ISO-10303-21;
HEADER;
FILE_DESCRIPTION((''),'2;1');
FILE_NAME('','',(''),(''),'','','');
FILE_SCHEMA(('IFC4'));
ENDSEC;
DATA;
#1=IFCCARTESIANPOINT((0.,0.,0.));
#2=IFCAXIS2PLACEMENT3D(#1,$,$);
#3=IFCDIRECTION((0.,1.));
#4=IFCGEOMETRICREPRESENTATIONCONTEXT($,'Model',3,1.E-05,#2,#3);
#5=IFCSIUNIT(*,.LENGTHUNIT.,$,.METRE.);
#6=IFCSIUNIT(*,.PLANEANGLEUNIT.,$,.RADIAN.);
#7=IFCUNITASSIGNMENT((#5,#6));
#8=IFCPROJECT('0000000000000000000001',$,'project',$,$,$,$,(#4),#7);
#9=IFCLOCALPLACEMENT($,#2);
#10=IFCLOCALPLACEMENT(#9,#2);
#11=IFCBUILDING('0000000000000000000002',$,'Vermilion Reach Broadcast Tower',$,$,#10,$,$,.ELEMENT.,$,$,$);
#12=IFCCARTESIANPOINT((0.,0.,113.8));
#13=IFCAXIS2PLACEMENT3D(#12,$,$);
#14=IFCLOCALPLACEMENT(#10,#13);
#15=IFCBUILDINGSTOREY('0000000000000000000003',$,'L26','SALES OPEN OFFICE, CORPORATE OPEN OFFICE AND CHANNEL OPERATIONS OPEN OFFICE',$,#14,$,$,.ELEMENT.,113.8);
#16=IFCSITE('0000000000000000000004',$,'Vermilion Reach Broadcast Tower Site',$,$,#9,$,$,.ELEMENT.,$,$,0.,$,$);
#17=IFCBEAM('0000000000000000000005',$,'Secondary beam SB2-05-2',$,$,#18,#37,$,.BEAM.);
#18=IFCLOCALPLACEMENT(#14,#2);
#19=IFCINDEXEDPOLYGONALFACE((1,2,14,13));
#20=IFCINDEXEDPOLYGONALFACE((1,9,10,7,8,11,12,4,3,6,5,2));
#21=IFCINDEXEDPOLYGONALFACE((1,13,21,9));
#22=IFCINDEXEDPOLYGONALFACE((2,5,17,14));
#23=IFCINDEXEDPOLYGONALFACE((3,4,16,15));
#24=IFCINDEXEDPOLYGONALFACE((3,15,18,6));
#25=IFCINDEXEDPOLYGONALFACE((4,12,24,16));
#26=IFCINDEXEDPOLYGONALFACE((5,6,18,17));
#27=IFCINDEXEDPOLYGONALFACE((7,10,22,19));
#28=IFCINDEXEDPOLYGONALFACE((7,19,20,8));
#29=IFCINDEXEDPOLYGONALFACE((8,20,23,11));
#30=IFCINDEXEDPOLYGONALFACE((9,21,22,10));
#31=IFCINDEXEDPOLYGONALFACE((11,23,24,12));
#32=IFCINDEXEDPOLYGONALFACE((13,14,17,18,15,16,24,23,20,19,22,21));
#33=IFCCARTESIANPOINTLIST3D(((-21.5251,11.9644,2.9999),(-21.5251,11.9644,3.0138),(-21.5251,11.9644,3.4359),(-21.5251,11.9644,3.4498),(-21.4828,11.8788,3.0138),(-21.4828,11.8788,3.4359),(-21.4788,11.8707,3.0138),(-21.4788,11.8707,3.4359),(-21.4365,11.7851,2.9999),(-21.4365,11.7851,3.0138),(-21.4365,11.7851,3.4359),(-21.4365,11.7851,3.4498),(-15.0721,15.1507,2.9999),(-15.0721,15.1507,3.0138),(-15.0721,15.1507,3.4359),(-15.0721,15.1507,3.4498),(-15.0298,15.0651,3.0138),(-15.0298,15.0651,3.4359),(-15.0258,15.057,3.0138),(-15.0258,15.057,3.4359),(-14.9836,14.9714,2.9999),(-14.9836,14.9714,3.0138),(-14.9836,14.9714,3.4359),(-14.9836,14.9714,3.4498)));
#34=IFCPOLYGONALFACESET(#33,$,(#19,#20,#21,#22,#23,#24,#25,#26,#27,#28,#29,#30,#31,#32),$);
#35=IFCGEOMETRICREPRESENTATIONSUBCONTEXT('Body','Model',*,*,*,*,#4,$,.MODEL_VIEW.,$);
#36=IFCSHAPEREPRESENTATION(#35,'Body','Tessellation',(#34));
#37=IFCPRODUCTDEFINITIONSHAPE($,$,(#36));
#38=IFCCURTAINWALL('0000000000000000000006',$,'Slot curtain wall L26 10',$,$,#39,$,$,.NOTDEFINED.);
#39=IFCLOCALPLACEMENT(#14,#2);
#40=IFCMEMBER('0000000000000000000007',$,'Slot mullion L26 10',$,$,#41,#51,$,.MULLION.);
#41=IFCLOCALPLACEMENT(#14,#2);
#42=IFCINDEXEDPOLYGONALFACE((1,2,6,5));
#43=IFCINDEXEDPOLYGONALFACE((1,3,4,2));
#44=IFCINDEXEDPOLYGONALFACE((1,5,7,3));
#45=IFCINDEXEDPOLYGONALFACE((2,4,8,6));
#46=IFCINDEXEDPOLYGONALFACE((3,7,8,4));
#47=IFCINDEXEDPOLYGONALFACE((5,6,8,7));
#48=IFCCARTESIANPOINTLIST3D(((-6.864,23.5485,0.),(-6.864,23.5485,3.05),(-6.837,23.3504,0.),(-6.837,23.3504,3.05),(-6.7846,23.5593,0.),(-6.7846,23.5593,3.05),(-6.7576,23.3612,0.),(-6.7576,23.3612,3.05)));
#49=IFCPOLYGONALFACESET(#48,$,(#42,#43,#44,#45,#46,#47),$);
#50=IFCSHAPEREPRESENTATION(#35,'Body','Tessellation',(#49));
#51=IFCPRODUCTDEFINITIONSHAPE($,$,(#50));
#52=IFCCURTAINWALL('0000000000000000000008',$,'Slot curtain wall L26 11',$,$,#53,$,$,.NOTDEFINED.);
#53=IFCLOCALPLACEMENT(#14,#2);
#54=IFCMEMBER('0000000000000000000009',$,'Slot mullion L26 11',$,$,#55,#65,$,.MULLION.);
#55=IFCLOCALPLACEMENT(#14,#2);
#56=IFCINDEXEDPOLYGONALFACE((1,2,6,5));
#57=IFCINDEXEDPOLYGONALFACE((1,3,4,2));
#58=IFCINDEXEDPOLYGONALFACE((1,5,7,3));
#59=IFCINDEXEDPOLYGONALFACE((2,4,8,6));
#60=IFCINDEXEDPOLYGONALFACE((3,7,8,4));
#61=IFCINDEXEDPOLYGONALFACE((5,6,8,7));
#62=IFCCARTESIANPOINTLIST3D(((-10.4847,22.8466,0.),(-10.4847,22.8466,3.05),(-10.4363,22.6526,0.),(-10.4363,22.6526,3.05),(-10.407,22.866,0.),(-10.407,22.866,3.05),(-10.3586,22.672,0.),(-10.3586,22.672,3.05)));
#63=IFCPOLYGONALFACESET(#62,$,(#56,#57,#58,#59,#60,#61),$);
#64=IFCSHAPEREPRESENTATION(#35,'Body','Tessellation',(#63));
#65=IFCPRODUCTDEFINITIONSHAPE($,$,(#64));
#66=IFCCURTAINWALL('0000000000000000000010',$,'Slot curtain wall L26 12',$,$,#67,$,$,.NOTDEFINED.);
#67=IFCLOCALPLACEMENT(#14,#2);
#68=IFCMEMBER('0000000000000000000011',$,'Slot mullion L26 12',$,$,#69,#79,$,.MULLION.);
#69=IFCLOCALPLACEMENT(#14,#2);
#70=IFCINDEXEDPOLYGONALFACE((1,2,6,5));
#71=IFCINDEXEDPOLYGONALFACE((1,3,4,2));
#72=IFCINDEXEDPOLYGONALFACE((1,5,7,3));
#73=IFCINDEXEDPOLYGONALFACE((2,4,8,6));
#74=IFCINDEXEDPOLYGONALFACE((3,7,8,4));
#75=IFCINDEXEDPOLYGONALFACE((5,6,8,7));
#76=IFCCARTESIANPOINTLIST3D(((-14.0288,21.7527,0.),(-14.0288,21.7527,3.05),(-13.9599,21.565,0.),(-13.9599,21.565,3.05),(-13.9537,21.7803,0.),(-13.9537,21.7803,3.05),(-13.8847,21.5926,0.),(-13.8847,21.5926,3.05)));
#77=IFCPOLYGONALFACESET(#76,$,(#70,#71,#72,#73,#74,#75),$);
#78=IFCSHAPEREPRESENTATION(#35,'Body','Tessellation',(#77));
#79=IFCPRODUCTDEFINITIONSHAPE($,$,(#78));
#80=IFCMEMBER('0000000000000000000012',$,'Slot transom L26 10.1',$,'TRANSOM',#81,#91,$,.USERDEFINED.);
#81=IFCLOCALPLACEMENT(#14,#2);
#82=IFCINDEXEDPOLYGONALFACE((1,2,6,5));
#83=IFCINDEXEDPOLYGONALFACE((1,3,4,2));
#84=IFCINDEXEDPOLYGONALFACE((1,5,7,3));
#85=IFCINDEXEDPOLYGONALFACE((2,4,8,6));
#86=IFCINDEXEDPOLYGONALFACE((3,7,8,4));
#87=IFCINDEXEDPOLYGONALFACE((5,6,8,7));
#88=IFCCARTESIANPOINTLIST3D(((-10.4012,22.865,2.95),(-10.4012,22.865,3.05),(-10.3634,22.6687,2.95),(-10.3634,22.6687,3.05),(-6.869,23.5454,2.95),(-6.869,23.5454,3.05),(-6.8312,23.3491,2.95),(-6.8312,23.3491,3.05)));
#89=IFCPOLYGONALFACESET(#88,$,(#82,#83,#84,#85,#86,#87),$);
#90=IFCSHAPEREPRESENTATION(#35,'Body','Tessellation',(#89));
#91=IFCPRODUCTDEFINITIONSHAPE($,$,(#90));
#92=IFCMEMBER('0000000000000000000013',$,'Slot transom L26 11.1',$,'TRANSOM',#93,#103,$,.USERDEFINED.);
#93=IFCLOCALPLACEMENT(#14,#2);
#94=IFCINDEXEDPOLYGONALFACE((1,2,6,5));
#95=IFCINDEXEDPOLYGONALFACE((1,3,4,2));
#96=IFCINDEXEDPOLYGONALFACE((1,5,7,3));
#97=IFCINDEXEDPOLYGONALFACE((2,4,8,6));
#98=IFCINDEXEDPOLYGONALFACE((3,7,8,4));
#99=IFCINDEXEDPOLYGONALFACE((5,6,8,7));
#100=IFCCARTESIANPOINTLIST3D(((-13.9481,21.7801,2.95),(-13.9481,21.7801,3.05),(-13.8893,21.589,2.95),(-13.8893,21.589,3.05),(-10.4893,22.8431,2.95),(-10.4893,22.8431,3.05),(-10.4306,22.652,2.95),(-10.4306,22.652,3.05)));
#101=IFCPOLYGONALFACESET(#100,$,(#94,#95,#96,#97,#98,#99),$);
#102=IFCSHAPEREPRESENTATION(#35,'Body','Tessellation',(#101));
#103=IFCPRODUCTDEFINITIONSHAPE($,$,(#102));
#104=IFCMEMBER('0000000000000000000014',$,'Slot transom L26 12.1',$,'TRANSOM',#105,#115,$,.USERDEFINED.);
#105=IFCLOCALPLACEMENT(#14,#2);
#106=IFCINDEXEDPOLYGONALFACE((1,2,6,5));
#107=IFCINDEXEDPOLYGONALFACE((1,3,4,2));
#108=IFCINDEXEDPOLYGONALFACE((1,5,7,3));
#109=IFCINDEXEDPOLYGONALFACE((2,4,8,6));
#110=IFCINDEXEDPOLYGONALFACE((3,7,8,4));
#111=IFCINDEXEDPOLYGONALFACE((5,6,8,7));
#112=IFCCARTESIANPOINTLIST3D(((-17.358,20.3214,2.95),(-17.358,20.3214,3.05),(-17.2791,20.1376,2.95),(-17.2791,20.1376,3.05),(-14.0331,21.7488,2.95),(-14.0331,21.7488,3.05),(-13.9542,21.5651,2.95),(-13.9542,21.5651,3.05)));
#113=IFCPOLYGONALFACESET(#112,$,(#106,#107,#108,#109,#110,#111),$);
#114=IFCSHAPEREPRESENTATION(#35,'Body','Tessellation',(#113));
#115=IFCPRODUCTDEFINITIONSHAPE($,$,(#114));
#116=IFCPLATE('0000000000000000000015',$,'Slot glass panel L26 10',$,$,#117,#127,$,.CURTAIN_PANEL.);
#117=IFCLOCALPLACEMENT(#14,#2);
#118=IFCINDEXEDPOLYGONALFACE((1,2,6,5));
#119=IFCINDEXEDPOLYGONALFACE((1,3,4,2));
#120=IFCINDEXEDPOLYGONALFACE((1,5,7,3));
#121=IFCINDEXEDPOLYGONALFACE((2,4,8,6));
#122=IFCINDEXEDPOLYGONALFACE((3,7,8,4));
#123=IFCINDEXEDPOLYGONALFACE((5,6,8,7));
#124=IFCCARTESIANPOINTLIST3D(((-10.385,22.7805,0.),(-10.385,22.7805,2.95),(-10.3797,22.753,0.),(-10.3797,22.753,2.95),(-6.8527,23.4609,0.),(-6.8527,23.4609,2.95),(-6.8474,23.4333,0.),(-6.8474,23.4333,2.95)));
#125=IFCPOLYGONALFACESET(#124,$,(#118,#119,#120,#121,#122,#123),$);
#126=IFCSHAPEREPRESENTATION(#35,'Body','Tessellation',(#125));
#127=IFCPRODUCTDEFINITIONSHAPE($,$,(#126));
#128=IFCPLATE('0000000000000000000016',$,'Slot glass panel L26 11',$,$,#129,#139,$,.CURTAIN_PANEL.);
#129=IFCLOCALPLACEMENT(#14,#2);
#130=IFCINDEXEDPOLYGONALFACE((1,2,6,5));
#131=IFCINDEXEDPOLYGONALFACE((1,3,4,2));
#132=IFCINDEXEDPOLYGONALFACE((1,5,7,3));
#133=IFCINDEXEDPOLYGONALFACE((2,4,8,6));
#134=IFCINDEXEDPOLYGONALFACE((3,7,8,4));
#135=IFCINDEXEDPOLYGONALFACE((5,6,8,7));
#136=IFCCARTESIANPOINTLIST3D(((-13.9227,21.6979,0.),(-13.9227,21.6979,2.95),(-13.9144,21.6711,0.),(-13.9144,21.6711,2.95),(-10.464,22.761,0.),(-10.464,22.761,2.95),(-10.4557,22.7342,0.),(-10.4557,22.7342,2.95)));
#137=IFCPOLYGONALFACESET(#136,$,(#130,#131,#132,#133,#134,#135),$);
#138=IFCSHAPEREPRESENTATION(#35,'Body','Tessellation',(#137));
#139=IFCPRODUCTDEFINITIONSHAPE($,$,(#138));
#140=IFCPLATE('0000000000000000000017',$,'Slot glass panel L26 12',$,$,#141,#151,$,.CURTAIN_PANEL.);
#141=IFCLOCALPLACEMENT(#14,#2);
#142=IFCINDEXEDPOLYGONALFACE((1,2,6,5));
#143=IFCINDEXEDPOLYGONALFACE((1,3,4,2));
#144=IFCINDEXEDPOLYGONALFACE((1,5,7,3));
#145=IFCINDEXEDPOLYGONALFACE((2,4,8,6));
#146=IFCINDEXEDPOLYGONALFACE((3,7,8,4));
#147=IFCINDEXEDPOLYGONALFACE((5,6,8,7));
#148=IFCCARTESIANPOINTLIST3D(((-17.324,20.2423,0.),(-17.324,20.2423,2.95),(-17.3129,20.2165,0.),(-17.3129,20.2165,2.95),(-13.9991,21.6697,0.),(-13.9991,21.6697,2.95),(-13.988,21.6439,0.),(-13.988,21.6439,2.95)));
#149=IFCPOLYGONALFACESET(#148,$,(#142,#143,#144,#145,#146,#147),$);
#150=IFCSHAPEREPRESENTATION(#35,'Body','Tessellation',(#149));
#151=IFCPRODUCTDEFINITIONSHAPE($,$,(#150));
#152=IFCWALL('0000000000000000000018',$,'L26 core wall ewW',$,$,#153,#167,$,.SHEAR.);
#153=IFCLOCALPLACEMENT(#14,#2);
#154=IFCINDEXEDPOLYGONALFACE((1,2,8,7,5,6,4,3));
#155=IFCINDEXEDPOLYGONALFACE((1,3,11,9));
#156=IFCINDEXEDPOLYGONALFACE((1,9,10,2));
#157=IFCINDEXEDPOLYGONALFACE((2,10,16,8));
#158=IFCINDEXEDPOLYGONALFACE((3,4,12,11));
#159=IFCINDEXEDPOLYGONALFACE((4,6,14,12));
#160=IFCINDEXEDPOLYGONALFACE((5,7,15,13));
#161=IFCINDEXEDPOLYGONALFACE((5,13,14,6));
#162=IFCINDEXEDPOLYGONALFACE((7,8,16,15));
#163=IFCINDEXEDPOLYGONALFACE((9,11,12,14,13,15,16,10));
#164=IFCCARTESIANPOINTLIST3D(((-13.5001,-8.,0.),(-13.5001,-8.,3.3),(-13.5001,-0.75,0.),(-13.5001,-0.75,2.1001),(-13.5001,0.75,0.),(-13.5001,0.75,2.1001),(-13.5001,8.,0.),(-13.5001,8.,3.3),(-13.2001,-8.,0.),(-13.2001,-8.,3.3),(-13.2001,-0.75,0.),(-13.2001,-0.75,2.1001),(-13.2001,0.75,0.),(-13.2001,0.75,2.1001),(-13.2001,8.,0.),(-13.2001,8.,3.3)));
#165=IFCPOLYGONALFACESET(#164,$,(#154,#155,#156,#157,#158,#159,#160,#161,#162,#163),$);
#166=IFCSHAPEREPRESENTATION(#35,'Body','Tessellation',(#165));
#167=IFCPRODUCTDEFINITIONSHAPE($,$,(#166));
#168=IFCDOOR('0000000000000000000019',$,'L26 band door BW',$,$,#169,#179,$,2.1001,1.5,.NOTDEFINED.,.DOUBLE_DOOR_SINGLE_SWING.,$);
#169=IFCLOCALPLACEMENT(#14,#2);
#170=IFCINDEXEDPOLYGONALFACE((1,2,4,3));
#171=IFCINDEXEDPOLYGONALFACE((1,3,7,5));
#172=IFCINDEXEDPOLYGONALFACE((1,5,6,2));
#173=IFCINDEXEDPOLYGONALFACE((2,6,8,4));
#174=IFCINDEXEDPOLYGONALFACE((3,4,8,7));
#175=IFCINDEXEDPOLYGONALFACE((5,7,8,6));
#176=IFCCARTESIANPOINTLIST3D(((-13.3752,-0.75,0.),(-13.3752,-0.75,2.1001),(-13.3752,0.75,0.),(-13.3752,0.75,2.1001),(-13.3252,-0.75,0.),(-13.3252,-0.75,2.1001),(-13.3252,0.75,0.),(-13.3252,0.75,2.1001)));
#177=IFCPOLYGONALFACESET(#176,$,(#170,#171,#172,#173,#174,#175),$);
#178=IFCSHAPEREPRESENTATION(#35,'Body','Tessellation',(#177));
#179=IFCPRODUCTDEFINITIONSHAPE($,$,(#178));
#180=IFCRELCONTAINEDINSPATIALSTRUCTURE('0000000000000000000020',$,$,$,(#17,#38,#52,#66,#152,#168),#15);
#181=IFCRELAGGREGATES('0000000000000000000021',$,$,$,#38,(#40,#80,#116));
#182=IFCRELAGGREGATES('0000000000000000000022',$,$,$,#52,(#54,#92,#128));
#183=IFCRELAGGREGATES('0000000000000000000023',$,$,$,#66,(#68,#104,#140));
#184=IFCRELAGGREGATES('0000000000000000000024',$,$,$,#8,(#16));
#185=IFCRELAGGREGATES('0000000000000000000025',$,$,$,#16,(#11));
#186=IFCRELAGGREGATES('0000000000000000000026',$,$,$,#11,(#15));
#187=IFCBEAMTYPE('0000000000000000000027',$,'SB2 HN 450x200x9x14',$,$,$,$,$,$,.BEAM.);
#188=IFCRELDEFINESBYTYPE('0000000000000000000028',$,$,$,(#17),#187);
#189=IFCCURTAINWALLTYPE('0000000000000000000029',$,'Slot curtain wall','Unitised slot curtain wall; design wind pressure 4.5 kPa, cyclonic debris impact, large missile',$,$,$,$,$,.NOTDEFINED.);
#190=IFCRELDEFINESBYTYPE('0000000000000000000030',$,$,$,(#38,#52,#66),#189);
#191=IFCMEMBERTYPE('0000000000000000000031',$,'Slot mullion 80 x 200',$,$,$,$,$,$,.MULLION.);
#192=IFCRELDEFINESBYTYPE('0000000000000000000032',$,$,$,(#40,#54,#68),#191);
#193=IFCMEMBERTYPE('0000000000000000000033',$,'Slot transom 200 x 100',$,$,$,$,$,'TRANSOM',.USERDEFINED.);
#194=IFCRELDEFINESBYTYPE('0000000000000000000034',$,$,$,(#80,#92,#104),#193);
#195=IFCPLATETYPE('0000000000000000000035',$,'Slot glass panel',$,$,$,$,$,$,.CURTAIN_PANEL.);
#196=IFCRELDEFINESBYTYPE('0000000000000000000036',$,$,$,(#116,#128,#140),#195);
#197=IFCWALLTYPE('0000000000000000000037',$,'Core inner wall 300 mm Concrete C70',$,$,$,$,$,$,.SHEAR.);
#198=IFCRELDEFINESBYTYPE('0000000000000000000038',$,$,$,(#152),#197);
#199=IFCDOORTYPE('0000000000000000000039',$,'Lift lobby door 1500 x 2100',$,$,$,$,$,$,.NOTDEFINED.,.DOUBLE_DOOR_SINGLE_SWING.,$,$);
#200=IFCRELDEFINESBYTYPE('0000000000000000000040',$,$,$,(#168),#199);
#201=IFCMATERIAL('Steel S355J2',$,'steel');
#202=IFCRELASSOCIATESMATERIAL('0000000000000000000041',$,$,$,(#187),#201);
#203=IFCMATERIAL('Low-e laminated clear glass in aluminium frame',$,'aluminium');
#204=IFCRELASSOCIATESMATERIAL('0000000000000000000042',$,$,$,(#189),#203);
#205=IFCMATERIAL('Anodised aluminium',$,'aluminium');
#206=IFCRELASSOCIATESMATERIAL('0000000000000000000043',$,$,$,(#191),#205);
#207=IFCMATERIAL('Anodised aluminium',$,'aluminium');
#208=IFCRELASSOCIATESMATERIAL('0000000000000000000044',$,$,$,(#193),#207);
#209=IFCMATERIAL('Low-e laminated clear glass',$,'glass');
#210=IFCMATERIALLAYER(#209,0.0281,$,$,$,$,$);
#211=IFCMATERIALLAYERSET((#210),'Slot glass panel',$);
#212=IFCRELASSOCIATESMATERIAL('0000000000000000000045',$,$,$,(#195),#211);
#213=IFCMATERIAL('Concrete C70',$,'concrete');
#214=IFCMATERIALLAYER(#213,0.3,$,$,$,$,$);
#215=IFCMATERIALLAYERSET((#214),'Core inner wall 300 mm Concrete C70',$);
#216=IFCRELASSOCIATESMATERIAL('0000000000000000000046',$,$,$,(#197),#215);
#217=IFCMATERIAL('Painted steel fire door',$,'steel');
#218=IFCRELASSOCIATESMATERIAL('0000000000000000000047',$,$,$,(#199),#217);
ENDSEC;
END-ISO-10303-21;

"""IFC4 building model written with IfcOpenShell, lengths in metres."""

from ifc_helpers import new_model, si_unit, direction, frame, frame_2d, origin, origin_2d, place, context, subcontext, project, spatial, rectangle, i_section, extrude, material, layer, layer_set, material_profile, profile_set, type_object, element, fill, aggregate, save


model = new_model("IFC4")

# Units and contexts
model_context = context("Model", 3, precision=1e-05, world=origin(), true_north=direction((0.0, 1.0)))
body_context = subcontext(model_context, "Body", "Model", "MODEL_VIEW")
ifc_project = project(units=[si_unit("LENGTHUNIT", "METRE"), si_unit("PLANEANGLEUNIT", "RADIAN")], contexts=[model_context])

# Site, building, storey
site_placement = place(None, origin())
site = spatial("IfcSite", under=ifc_project, at=site_placement, Name="Vermilion Reach Broadcast Tower Site", CompositionType="ELEMENT", RefElevation=0.0)
building_placement = place(site_placement, origin())
building = spatial("IfcBuilding", under=site, at=building_placement, Name="Vermilion Reach Broadcast Tower", CompositionType="ELEMENT")
storey_placement = place(building_placement, frame((0.0, 0.0, 113.8)))
storey = spatial("IfcBuildingStorey", under=building, at=storey_placement, Name="L26", Description="SALES OPEN OFFICE, CORPORATE OPEN OFFICE AND CHANNEL OPERATIONS OPEN OFFICE", CompositionType="ELEMENT", Elevation=113.8)

# Beam
ifc_material_1 = material(Name="Steel S355J2", Category="steel")
ifc_material_profile_1 = material_profile(ifc_material_1, i_section(OverallWidth=0.2, OverallDepth=0.45, WebThickness=0.009, FlangeThickness=0.0139, at=origin_2d()), Name="S355J2 HN 450x200x9x14")
ifc_profile_set_1 = profile_set([ifc_material_profile_1], Name="Steel S355J2")
beam_type_1 = type_object("IfcBeamType", Name="SB2 HN 450x200x9x14", PredefinedType="BEAM", material=ifc_profile_set_1)
beam_1_placement = place(storey_placement, frame((-15.0278, 15.061, 3.2249), z_axis=(-0.896648, -0.442744, 0.0), x_axis=(0.442744, -0.896648, 0.0)))
element("IfcBeam", 1, at=beam_1_placement, inside=storey, type_object=beam_type_1, Name="Secondary beam SB2-05-2", PredefinedType="BEAM", context=body_context, shape_type="SweptSolid", body=[
    extrude(i_section(OverallWidth=0.2, OverallDepth=0.45, WebThickness=0.009, FlangeThickness=0.0139, at=origin_2d()), origin(), (0.0, 0.0, 1.0), 7.1968),
])

# Curtain walls, members
ifc_material_2 = material(Name="Low-e laminated clear glass in aluminium frame", Category="aluminium")
curtain_wall_type = type_object("IfcCurtainWallType", Name="Slot curtain wall", Description="Unitised slot curtain wall; design wind pressure 4.5 kPa, cyclonic debris impact, large missile", PredefinedType="NOTDEFINED", material=ifc_material_2)
placement = place(storey_placement, origin())
curtain_wall_1 = element("IfcCurtainWall", 2, at=placement, inside=storey, type_object=curtain_wall_type, Name="Slot curtain wall L26 10", PredefinedType="NOTDEFINED")
ifc_material_3 = material(Name="Anodised aluminium", Category="aluminium")
ifc_material_profile_2 = material_profile(ifc_material_3, rectangle(XDim=0.2, YDim=0.0801, at=origin_2d()), Name="Slot mullion 80 x 200")
ifc_profile_set_2 = profile_set([ifc_material_profile_2], Name="Anodised aluminium")
member_type_1 = type_object("IfcMemberType", Name="Slot mullion 80 x 200", PredefinedType="MULLION", material=ifc_profile_set_2)
member_1_placement = place(storey_placement, frame((-6.8108, 23.4548, 0.0), z_axis=(0.0, 0.0, 1.0), x_axis=(0.135007, -0.990845, 0.0)))
member_1 = element("IfcMember", 3, at=member_1_placement, type_object=member_type_1, Name="Slot mullion L26 10", PredefinedType="MULLION", context=body_context, shape_type="SweptSolid", body=[
    extrude(rectangle(XDim=0.2, YDim=0.0801, at=origin_2d()), origin(), (0.0, 0.0, 1.0), 3.05),
])
curtain_wall_2 = element("IfcCurtainWall", 4, at=placement, inside=storey, type_object=curtain_wall_type, Name="Slot curtain wall L26 11", PredefinedType="NOTDEFINED")
member_2_placement = place(storey_placement, frame((-10.4216, 22.7593, 0.0), z_axis=(0.0, 0.0, 1.0), x_axis=(0.241821, -0.970321, 0.0)))
member_2 = element("IfcMember", 5, at=member_2_placement, type_object=member_type_1, Name="Slot mullion L26 11", PredefinedType="MULLION", context=body_context, shape_type="SweptSolid", body=[
    extrude(rectangle(XDim=0.2, YDim=0.0801, at=origin_2d()), origin(), (0.0, 0.0, 1.0), 3.05),
])
curtain_wall_3 = element("IfcCurtainWall", 6, at=placement, inside=storey, type_object=curtain_wall_type, Name="Slot curtain wall L26 12", PredefinedType="NOTDEFINED")
member_3_placement = place(storey_placement, frame((-13.9568, 21.6726, 0.0), z_axis=(0.0, 0.0, 1.0), x_axis=(0.344643, -0.938734, 0.0)))
member_3 = element("IfcMember", 7, at=member_3_placement, type_object=member_type_1, Name="Slot mullion L26 12", PredefinedType="MULLION", context=body_context, shape_type="SweptSolid", body=[
    extrude(rectangle(XDim=0.2, YDim=0.0801, at=origin_2d()), origin(), (0.0, 0.0, 1.0), 3.05),
])

# Members
ifc_material_4 = material(Name="Anodised aluminium", Category="aluminium")
ifc_material_profile_3 = material_profile(ifc_material_4, rectangle(XDim=0.2, YDim=0.1001, at=origin_2d()), Name="Slot transom 200 x 100")
ifc_profile_set_3 = profile_set([ifc_material_profile_3], Name="Anodised aluminium")
member_type_2 = type_object("IfcMemberType", Name="Slot transom 200 x 100", ElementType="TRANSOM", PredefinedType="USERDEFINED", material=ifc_profile_set_3)
member_4_placement = place(storey_placement, frame((-6.8501, 23.4473, 3.0), z_axis=(-0.981947, -0.189154, 0.0), x_axis=(0.189154, -0.981947, 0.0)))
member_4 = element("IfcMember", 8, at=member_4_placement, type_object=member_type_2, Name="Slot transom L26 10.1", ObjectType="TRANSOM", PredefinedType="USERDEFINED", context=body_context, shape_type="SweptSolid", body=[
    extrude(rectangle(XDim=0.2, YDim=0.1001, at=origin_2d()), origin(), (0.0, 0.0, 1.0), 3.5972),
])
member_5_placement = place(storey_placement, frame((-10.46, 22.7476, 3.0), z_axis=(-0.955875, -0.293773, 0.0), x_axis=(0.293773, -0.955875, 0.0)))
member_5 = element("IfcMember", 9, at=member_5_placement, type_object=member_type_2, Name="Slot transom L26 11.1", ObjectType="TRANSOM", PredefinedType="USERDEFINED", context=body_context, shape_type="SweptSolid", body=[
    extrude(rectangle(XDim=0.2, YDim=0.1001, at=origin_2d()), origin(), (0.0, 0.0, 1.0), 3.6184),
])
member_6_placement = place(storey_placement, frame((-13.9937, 21.657, 3.0), z_axis=(-0.918894, -0.394506, 0.0), x_axis=(0.394506, -0.918894, 0.0)))
member_6 = element("IfcMember", 10, at=member_6_placement, type_object=member_type_2, Name="Slot transom L26 12.1", ObjectType="TRANSOM", PredefinedType="USERDEFINED", context=body_context, shape_type="SweptSolid", body=[
    extrude(rectangle(XDim=0.2, YDim=0.1001, at=origin_2d()), origin(), (0.0, 0.0, 1.0), 3.6184),
])

# Plates
ifc_material_5 = material(Name="Low-e laminated clear glass", Category="glass")
ifc_layer_1 = layer(ifc_material_5, 0.0281)
ifc_layer_set_1 = layer_set([ifc_layer_1], Name="Slot glass panel")
plate_type = type_object("IfcPlateType", Name="Slot glass panel", PredefinedType="CURTAIN_PANEL", material=ifc_layer_set_1)
plate_1_placement = place(storey_placement, frame((-8.6162, 23.1069, 0.0), z_axis=(0.0, 0.0, 1.0), x_axis=(-0.981951, -0.189137, 0.0)))
plate_1 = element("IfcPlate", 11, at=plate_1_placement, type_object=plate_type, Name="Slot glass panel L26 10", PredefinedType="CURTAIN_PANEL", context=body_context, shape_type="SweptSolid", body=[
    extrude(rectangle(XDim=3.5972, YDim=0.0281, at=origin_2d()), origin(), (0.0, 0.0, 1.0), 2.95),
])
aggregate(curtain_wall_1, [member_1, member_4, plate_1])
plate_2_placement = place(storey_placement, frame((-12.1892, 22.2161, 0.0), z_axis=(0.0, 0.0, 1.0), x_axis=(-0.955867, -0.293801, 0.0)))
plate_2 = element("IfcPlate", 12, at=plate_2_placement, type_object=plate_type, Name="Slot glass panel L26 11", PredefinedType="CURTAIN_PANEL", context=body_context, shape_type="SweptSolid", body=[
    extrude(rectangle(XDim=3.6184, YDim=0.0281, at=origin_2d()), origin(), (0.0, 0.0, 1.0), 2.95),
])
aggregate(curtain_wall_2, [member_2, member_5, plate_2])
plate_3_placement = place(storey_placement, frame((-15.656, 20.9431, 0.0), z_axis=(0.0, 0.0, 1.0), x_axis=(-0.918899, -0.394493, 0.0)))
plate_3 = element("IfcPlate", 13, at=plate_3_placement, type_object=plate_type, Name="Slot glass panel L26 12", PredefinedType="CURTAIN_PANEL", context=body_context, shape_type="SweptSolid", body=[
    extrude(rectangle(XDim=3.6184, YDim=0.0281, at=origin_2d()), origin(), (0.0, 0.0, 1.0), 2.95),
])
aggregate(curtain_wall_3, [member_3, member_6, plate_3])

# Wall, opening, door
ifc_material_6 = material(Name="Concrete C70", Category="concrete")
ifc_layer_2 = layer(ifc_material_6, 0.3)
ifc_layer_set_2 = layer_set([ifc_layer_2], Name="Core inner wall 300 mm Concrete C70")
wall_type_1 = type_object("IfcWallType", Name="Core inner wall 300 mm Concrete C70", PredefinedType="SHEAR", material=ifc_layer_set_2)
wall_1_placement = place(storey_placement, frame((-13.3501, 8.0, 0.0), z_axis=(0.0, 0.0, 1.0), x_axis=(0.0, -1.0, 0.0)))
wall_1 = element("IfcWall", 14, at=wall_1_placement, inside=storey, type_object=wall_type_1, Name="L26 core wall ewW", PredefinedType="SHEAR", context=body_context, shape_type="SweptSolid", body=[
    extrude(rectangle(XDim=16.0, YDim=0.3, at=frame_2d((8.0, 0.0))), origin(), (0.0, 0.0, 1.0), 3.3),
])
opening_1_placement = place(wall_1_placement, frame((7.25, 0.0, 0.0)))
opening_1 = element("IfcOpeningElement", 15, at=opening_1_placement, cuts=wall_1, PredefinedType="OPENING", context=body_context, shape_type="SweptSolid", body=[
    extrude(rectangle(XDim=1.5, YDim=2.1001, at=frame_2d((0.75, 1.05))), frame((0.0, 0.1599, 0.0), z_axis=(0.0, -1.0, 0.0), x_axis=(1.0, 0.0, 0.0)), (0.0, 0.0, 1.0), 0.3201),
])
ifc_material_7 = material(Name="Painted steel fire door", Category="steel")
door_type_1 = type_object("IfcDoorType", Name="Lift lobby door 1500 x 2100", OperationType="DOUBLE_DOOR_SINGLE_SWING", PredefinedType="NOTDEFINED", material=ifc_material_7)
door_1_placement = place(opening_1_placement, origin())
door_1 = element("IfcDoor", 16, at=door_1_placement, inside=storey, type_object=door_type_1, Name="L26 band door BW", OperationType="DOUBLE_DOOR_SINGLE_SWING", OverallHeight=2.1001, OverallWidth=1.5, PredefinedType="NOTDEFINED", context=body_context, shape_type="SweptSolid", body=[
    extrude(rectangle(XDim=1.5, YDim=2.1001, at=frame_2d((0.75, 1.05))), frame((0.0, 0.0249, 0.0), z_axis=(0.0, -1.0, 0.0), x_axis=(1.0, 0.0, 0.0)), (0.0, 0.0, 1.0), 0.05),
])
fill(opening_1, door_1)

save(model, "model.ifc")
